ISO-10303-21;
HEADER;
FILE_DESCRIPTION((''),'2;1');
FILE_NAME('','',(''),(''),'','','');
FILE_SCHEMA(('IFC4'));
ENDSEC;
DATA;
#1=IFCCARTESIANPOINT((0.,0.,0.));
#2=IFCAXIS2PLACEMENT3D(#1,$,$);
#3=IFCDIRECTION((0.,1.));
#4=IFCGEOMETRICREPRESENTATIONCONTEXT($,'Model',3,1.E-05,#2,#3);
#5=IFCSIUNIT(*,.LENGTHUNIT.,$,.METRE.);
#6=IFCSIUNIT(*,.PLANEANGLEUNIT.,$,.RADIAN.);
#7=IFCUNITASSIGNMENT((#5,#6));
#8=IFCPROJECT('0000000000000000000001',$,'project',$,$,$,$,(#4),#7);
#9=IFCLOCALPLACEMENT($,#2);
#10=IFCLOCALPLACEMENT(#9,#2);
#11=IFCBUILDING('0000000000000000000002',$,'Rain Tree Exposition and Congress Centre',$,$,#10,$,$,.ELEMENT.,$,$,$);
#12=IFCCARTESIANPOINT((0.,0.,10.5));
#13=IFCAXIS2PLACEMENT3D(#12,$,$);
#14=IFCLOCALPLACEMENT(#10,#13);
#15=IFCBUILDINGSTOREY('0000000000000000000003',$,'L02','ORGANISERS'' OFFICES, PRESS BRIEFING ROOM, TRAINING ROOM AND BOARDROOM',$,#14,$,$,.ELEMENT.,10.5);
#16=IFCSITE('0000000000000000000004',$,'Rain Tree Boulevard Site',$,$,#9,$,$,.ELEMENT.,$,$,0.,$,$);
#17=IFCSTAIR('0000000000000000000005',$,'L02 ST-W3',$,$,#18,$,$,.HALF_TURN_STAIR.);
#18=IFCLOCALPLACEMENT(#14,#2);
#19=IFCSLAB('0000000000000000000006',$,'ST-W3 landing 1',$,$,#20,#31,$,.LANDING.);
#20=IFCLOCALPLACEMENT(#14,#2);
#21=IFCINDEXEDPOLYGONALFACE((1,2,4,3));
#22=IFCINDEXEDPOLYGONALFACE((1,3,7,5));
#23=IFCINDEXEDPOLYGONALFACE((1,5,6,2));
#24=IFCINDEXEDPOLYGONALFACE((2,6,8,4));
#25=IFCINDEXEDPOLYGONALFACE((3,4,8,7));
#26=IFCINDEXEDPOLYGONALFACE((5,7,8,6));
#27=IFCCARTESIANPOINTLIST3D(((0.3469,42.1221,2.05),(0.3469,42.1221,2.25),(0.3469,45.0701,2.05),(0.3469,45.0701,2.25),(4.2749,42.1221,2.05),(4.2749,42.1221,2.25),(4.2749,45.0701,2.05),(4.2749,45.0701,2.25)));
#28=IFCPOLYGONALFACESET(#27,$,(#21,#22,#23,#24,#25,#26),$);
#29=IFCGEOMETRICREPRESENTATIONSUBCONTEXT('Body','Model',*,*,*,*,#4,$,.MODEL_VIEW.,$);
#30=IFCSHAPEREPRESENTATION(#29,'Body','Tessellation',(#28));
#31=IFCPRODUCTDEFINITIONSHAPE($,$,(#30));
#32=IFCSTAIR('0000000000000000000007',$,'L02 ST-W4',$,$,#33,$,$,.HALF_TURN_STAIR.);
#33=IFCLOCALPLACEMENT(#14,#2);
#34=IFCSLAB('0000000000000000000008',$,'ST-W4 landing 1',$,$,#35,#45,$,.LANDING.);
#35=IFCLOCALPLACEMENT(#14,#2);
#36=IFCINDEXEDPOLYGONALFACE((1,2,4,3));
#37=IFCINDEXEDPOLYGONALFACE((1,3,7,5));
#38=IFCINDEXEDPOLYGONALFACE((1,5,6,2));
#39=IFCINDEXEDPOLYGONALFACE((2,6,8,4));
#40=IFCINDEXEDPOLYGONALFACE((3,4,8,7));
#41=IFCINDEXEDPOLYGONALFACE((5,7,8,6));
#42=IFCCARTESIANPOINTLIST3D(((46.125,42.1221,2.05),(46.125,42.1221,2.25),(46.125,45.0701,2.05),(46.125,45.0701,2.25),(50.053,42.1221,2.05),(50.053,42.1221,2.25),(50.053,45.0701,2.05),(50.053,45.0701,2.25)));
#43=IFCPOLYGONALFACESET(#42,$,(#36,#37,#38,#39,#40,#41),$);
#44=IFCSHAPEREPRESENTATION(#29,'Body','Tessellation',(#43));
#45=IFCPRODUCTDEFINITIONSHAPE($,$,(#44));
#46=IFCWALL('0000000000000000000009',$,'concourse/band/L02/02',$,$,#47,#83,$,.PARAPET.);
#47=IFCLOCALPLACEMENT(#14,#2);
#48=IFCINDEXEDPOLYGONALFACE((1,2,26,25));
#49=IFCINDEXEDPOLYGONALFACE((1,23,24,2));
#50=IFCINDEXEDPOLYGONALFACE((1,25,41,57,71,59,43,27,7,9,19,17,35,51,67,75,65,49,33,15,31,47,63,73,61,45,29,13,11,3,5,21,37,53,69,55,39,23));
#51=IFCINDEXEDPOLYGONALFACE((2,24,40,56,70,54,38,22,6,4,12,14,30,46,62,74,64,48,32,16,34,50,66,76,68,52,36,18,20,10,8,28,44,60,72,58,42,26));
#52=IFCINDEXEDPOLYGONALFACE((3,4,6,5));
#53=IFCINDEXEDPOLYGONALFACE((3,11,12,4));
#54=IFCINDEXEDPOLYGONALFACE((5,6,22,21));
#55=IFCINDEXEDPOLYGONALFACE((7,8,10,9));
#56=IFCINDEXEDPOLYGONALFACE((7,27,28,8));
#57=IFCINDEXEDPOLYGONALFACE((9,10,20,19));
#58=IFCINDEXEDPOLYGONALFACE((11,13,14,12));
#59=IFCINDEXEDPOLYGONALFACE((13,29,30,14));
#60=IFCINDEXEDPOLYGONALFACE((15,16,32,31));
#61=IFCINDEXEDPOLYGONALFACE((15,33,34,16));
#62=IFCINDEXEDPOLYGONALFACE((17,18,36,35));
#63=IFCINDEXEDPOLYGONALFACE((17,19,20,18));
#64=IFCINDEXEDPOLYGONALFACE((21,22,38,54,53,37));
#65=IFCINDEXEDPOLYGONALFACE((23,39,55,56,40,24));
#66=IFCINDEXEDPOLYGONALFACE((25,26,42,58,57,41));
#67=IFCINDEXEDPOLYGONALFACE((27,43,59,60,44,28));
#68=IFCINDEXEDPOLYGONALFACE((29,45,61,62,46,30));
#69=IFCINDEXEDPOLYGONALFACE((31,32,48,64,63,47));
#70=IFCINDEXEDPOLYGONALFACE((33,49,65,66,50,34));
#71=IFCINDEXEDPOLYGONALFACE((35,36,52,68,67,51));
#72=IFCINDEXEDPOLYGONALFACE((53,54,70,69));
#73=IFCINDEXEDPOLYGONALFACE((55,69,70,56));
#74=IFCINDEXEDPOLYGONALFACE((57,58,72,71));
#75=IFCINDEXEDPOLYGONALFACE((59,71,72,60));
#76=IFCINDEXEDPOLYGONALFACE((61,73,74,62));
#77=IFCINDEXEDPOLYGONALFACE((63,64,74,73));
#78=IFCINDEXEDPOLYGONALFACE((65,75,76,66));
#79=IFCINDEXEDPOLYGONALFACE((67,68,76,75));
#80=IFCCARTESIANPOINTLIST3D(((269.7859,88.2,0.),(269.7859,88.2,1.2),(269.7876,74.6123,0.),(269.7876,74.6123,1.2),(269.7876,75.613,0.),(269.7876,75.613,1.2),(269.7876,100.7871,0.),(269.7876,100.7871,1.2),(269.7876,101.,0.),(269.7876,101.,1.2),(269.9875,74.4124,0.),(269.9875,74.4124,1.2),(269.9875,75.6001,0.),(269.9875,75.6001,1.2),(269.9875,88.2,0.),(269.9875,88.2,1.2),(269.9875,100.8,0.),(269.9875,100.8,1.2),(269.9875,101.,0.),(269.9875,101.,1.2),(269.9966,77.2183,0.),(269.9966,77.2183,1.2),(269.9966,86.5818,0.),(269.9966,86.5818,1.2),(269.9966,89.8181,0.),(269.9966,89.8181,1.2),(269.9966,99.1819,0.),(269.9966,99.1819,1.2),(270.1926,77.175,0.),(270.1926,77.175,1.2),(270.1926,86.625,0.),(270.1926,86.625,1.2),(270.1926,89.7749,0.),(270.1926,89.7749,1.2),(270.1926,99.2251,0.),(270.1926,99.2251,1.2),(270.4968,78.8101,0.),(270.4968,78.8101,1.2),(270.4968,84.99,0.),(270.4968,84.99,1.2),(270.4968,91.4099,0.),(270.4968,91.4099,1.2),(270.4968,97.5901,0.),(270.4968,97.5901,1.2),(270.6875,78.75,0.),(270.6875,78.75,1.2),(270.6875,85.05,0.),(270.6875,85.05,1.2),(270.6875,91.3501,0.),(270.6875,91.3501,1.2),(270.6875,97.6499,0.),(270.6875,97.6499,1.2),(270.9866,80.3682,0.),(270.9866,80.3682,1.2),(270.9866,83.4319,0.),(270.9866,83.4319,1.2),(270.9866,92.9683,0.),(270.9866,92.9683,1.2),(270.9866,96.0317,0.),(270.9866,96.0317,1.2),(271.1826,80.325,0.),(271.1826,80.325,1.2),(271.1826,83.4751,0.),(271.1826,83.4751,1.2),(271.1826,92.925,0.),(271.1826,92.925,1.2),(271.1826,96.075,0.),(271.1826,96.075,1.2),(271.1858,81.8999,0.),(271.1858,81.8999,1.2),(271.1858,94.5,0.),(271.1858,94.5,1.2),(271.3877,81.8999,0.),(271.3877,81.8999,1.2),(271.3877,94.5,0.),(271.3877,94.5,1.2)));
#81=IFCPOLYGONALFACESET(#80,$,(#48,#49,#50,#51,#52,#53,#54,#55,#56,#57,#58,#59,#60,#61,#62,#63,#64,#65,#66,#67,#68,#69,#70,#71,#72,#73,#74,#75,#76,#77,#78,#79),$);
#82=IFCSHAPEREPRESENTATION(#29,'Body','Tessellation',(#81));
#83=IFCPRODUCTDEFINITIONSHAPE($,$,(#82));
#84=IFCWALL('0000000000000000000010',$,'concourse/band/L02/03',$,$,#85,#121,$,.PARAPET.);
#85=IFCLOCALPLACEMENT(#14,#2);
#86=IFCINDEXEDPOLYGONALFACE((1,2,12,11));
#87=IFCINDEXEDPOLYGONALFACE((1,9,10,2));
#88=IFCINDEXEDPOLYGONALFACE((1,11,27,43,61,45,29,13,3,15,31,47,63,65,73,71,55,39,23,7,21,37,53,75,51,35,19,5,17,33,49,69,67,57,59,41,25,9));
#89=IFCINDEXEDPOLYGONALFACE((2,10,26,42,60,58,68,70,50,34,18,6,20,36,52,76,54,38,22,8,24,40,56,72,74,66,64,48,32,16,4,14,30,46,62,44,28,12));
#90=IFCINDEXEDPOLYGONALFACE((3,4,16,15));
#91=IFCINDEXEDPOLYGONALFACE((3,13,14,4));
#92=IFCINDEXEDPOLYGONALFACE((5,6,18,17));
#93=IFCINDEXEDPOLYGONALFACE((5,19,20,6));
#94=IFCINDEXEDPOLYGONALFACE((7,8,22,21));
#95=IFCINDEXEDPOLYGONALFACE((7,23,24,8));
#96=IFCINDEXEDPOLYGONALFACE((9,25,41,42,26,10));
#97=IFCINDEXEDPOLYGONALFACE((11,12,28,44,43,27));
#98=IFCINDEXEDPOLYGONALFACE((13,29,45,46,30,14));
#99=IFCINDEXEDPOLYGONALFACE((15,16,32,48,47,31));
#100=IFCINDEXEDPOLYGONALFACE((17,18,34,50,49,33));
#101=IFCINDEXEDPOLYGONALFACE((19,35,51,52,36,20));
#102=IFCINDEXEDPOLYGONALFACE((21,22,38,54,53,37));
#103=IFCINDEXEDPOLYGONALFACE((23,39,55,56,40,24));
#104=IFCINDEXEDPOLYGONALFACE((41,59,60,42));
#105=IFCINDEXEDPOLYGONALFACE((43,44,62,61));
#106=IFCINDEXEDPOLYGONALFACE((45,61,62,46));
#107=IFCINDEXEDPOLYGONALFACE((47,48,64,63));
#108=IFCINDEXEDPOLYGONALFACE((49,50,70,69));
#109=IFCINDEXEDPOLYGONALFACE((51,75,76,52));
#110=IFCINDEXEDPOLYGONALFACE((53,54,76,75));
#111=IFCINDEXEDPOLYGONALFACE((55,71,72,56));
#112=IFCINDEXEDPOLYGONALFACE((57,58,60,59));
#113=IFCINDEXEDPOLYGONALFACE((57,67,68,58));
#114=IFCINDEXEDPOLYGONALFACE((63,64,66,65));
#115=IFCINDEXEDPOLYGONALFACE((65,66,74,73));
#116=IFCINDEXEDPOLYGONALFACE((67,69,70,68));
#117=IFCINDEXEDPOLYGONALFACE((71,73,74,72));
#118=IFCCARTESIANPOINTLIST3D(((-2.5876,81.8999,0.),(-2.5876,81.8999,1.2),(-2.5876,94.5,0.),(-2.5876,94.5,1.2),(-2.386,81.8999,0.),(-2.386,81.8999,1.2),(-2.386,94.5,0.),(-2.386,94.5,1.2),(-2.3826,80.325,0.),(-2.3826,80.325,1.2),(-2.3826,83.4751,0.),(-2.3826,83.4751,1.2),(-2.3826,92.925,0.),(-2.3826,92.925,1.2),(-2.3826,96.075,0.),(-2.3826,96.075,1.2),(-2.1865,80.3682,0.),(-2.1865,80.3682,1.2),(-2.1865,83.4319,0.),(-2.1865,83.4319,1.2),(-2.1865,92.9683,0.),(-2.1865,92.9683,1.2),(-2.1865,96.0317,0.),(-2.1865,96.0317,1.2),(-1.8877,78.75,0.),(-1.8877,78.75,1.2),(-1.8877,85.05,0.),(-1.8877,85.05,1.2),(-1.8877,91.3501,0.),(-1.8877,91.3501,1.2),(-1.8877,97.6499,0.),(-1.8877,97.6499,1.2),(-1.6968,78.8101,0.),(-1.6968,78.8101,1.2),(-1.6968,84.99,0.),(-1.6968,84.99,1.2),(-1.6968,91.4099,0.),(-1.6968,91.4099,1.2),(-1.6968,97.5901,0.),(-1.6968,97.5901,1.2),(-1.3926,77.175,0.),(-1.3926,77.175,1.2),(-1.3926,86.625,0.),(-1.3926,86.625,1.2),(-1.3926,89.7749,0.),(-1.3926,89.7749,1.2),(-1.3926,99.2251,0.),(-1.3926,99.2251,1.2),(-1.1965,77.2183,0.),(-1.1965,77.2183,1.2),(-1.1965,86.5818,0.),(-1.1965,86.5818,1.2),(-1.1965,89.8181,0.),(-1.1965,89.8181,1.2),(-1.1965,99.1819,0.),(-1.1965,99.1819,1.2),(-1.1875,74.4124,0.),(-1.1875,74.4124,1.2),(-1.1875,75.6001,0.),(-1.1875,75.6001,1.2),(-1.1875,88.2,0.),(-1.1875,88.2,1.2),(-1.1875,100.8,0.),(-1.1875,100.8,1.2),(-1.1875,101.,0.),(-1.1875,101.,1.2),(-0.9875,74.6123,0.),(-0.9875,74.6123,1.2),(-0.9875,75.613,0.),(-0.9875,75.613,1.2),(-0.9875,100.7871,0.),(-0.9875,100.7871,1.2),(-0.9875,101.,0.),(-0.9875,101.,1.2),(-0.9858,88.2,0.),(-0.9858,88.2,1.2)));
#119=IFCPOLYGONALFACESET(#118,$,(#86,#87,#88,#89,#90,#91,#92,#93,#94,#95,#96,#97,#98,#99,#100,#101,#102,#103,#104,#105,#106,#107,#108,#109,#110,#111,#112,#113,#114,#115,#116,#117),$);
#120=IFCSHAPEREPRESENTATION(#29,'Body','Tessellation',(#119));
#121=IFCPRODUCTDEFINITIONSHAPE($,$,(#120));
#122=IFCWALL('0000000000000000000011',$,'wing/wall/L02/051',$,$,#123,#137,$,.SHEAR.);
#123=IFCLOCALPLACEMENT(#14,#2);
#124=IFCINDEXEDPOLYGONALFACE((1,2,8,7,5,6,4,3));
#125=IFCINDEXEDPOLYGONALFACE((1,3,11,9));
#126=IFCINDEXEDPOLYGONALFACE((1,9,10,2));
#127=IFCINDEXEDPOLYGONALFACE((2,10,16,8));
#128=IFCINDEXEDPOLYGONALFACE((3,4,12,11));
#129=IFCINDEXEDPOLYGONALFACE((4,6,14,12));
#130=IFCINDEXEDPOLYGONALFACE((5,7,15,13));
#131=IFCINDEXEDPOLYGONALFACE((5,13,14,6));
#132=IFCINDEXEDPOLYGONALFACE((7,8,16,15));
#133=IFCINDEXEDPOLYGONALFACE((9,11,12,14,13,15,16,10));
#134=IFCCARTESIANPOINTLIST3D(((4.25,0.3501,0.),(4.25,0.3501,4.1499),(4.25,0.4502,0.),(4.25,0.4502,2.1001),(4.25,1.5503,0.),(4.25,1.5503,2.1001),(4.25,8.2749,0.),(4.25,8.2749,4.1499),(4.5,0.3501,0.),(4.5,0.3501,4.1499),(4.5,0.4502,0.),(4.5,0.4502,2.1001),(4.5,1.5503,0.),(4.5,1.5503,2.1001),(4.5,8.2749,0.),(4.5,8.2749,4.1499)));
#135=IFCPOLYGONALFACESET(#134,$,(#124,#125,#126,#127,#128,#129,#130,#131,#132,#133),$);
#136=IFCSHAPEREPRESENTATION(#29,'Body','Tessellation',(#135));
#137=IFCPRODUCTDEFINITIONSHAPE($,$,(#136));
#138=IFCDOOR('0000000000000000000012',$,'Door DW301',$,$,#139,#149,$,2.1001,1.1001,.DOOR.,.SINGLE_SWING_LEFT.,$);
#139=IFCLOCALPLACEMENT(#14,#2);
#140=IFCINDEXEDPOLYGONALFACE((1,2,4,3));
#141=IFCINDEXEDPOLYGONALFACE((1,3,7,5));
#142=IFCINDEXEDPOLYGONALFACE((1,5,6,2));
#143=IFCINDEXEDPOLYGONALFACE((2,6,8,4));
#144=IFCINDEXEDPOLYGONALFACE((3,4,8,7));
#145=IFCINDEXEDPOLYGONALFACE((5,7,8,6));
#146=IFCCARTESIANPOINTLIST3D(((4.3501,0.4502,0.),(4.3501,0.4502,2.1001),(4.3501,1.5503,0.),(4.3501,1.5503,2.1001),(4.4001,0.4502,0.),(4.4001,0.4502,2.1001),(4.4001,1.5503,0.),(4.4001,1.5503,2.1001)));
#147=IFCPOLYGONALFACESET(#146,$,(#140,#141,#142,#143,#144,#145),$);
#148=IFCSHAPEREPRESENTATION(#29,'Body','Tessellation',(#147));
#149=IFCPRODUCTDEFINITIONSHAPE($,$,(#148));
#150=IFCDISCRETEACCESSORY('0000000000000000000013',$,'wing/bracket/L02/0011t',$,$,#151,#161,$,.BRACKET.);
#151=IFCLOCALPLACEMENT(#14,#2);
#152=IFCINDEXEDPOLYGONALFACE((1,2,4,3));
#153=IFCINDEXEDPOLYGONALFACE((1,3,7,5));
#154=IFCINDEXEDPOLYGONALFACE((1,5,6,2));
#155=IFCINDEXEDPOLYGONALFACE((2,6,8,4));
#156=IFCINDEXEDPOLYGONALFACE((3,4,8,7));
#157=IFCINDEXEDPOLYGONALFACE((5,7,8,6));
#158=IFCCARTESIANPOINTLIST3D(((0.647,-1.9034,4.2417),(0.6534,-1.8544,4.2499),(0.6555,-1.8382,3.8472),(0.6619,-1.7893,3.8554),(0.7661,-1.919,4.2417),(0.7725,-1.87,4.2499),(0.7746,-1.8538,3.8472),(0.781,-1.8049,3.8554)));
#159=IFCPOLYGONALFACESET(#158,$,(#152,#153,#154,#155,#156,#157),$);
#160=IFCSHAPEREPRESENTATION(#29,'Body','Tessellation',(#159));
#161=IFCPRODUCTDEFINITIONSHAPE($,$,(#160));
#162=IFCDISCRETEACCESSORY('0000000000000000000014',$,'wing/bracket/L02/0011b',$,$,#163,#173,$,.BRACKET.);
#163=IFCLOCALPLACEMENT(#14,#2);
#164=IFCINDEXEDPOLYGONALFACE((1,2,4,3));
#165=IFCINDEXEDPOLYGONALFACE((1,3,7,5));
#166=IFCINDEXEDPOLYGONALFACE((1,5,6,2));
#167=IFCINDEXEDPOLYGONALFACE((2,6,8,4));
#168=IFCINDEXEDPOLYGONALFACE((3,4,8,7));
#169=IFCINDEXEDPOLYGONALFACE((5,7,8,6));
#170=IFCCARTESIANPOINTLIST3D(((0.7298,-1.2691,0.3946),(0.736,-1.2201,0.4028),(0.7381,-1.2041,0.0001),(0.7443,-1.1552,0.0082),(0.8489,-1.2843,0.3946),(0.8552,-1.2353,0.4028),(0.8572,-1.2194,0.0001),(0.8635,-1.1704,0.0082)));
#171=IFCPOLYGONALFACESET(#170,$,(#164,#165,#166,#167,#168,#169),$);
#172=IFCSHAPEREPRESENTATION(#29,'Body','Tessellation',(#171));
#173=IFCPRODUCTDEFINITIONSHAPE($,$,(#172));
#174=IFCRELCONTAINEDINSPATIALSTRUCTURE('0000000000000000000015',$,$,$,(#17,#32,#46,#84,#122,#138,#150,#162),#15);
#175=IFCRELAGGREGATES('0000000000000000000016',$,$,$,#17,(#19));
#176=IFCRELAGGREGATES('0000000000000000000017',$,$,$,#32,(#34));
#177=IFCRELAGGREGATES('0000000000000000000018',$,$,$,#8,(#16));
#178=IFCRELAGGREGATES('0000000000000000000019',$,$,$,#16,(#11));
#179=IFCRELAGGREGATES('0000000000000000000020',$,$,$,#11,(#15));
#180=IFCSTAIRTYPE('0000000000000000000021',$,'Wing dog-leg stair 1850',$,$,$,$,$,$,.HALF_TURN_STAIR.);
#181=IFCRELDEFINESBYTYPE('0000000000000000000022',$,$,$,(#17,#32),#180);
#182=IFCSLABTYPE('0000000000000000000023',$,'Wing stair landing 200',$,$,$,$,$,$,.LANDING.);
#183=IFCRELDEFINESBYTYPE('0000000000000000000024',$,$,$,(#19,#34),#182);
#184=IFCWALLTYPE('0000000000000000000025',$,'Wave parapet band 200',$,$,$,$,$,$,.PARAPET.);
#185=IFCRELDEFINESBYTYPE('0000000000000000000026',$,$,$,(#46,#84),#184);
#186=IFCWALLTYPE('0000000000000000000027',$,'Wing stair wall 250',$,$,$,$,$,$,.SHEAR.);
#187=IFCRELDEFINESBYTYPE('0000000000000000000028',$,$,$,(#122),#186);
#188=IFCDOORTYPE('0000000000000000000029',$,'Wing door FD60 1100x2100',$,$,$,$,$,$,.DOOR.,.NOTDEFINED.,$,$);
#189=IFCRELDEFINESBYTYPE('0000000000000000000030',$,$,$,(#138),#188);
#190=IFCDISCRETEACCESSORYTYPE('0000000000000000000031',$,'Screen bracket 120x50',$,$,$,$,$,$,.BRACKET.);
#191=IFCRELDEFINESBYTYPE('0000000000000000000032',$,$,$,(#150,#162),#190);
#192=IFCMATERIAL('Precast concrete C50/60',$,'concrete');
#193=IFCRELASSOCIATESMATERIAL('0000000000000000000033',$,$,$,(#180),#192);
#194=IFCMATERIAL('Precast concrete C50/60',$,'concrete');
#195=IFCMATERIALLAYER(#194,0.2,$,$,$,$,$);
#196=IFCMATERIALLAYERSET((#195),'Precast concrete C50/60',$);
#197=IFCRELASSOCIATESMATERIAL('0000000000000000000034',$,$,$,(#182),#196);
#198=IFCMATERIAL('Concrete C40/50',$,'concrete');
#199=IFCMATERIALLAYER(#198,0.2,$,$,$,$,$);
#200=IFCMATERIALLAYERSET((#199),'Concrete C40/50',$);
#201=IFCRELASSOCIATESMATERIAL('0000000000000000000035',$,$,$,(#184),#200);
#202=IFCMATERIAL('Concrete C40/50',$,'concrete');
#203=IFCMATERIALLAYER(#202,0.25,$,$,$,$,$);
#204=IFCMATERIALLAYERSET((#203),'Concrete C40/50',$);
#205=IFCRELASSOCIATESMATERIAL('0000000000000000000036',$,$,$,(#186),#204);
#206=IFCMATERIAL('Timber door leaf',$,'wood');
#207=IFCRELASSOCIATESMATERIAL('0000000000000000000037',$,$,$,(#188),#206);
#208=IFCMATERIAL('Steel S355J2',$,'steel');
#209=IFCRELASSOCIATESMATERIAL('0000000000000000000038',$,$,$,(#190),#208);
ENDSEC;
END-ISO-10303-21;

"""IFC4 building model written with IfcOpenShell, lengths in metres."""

from ifc_helpers import new_model, si_unit, direction, frame, frame_2d, origin, origin_2d, place, context, subcontext, project, spatial, polyline, rectangle, outline, extrude, material, layer, layer_set, material_profile, profile_set, type_object, element, fill, aggregate, save


model = new_model("IFC4")

# Units and contexts
model_context = context("Model", 3, precision=1e-05, world=origin(), true_north=direction((0.0, 1.0)))
body_context = subcontext(model_context, "Body", "Model", "MODEL_VIEW")
ifc_project = project(units=[si_unit("LENGTHUNIT", "METRE"), si_unit("PLANEANGLEUNIT", "RADIAN")], contexts=[model_context])

# Site, building, storey
site_placement = place(None, origin())
site = spatial("IfcSite", under=ifc_project, at=site_placement, Name="Rain Tree Boulevard Site", CompositionType="ELEMENT", RefElevation=0.0)
building_placement = place(site_placement, origin())
building = spatial("IfcBuilding", under=site, at=building_placement, Name="Rain Tree Exposition and Congress Centre", CompositionType="ELEMENT")
storey_placement = place(building_placement, frame((0.0, 0.0, 10.5)))
storey = spatial("IfcBuildingStorey", under=building, at=storey_placement, Name="L02", Description="ORGANISERS' OFFICES, PRESS BRIEFING ROOM, TRAINING ROOM AND BOARDROOM", CompositionType="ELEMENT", Elevation=10.5)

# Stairs, slabs
ifc_material_1 = material(Name="Precast concrete C50/60", Category="concrete")
stair_type = type_object("IfcStairType", Name="Wing dog-leg stair 1850", PredefinedType="HALF_TURN_STAIR", material=ifc_material_1)
ifc_material_2 = material(Name="Precast concrete C50/60", Category="concrete")
ifc_layer_1 = layer(ifc_material_2, 0.2)
ifc_layer_set_1 = layer_set([ifc_layer_1], Name="Precast concrete C50/60")
slab_type_1 = type_object("IfcSlabType", Name="Wing stair landing 200", PredefinedType="LANDING", material=ifc_layer_set_1)
stair_1_placement = place(storey_placement, origin())
stair_1 = element("IfcStair", 1, at=stair_1_placement, inside=storey, type_object=stair_type, Name="L02 ST-W3", PredefinedType="HALF_TURN_STAIR")
slab_1_placement = place(storey_placement, frame((0.0, 0.0, 2.05)))
slab_1 = element("IfcSlab", 2, at=slab_1_placement, type_object=slab_type_1, Name="ST-W3 landing 1", PredefinedType="LANDING", context=body_context, shape_type="SweptSolid", body=[
    extrude(outline(polyline([(4.2749, 45.0701), (4.2749, 42.1221), (0.3469, 42.1221), (0.3469, 45.0701), (4.2749, 45.0701)])), origin(), (0.0, 0.0, 1.0), 0.2),
])
aggregate(stair_1, [slab_1])
stair_2_placement = place(storey_placement, origin())
stair_2 = element("IfcStair", 3, at=stair_2_placement, inside=storey, type_object=stair_type, Name="L02 ST-W4", PredefinedType="HALF_TURN_STAIR")
slab_2_placement = place(storey_placement, frame((0.0, 0.0, 2.05)))
slab_2 = element("IfcSlab", 4, at=slab_2_placement, type_object=slab_type_1, Name="ST-W4 landing 1", PredefinedType="LANDING", context=body_context, shape_type="SweptSolid", body=[
    extrude(outline(polyline([(46.125, 45.0701), (46.125, 42.1221), (50.053, 42.1221), (50.053, 45.0701), (46.125, 45.0701)])), origin(), (0.0, 0.0, 1.0), 0.2),
])
aggregate(stair_2, [slab_2])

# Walls
ifc_material_3 = material(Name="Concrete C40/50", Category="concrete")
ifc_layer_2 = layer(ifc_material_3, 0.2)
ifc_layer_set_2 = layer_set([ifc_layer_2], Name="Concrete C40/50")
wall_type_1 = type_object("IfcWallType", Name="Wave parapet band 200", PredefinedType="PARAPET", material=ifc_layer_set_2)
wall_1_placement = place(storey_placement, origin())
element("IfcWall", 5, at=wall_1_placement, inside=storey, type_object=wall_type_1, Name="concourse/band/L02/02", PredefinedType="PARAPET", context=body_context, shape_type="SweptSolid", body=[
    extrude(outline(polyline([(269.7876, 75.613), (269.7876, 74.6123), (269.9875, 74.4124), (269.9875, 75.6001), (270.1926, 77.175), (270.6875, 78.75), (271.1826, 80.325), (271.3877, 81.8999), (271.1826, 83.4751), (270.6875, 85.05), (270.1926, 86.625), (269.9875, 88.2), (270.1926, 89.7749), (270.6875, 91.3501), (271.1826, 92.925), (271.3877, 94.5), (271.1826, 96.075), (270.6875, 97.6499), (270.1926, 99.2251), (269.9875, 100.8), (269.9875, 101.0), (269.7876, 101.0), (269.7876, 100.7871), (269.9966, 99.1819), (270.4968, 97.5901), (270.9866, 96.0317), (271.1858, 94.5), (270.9866, 92.9683), (270.4968, 91.4099), (269.9966, 89.8181), (269.7859, 88.2), (269.9966, 86.5818), (270.4968, 84.99), (270.9866, 83.4319), (271.1858, 81.8999), (270.9866, 80.3682), (270.4968, 78.8101), (269.9966, 77.2183), (269.7876, 75.613)])), origin(), (0.0, 0.0, 1.0), 1.2),
])
wall_2_placement = place(storey_placement, origin())
element("IfcWall", 6, at=wall_2_placement, inside=storey, type_object=wall_type_1, Name="concourse/band/L02/03", PredefinedType="PARAPET", context=body_context, shape_type="SweptSolid", body=[
    extrude(outline(polyline([(-1.3926, 77.175), (-1.1875, 75.6001), (-1.1875, 74.4124), (-1.1875, 74.4124), (-0.9875, 74.6123), (-0.9875, 74.6123), (-0.9875, 75.613), (-1.1965, 77.2183), (-1.6968, 78.8101), (-2.1865, 80.3682), (-2.386, 81.8999), (-2.1865, 83.4319), (-1.6968, 84.99), (-1.1965, 86.5818), (-0.9858, 88.2), (-1.1965, 89.8181), (-1.6968, 91.4099), (-2.1865, 92.9683), (-2.386, 94.5), (-2.1865, 96.0317), (-1.6968, 97.5901), (-1.1965, 99.1819), (-0.9875, 100.7871), (-0.9875, 101.0), (-1.1875, 101.0), (-1.1875, 100.8), (-1.3926, 99.2251), (-1.8877, 97.6499), (-2.3826, 96.075), (-2.5876, 94.5), (-2.3826, 92.925), (-1.8877, 91.3501), (-1.3926, 89.7749), (-1.1875, 88.2), (-1.3926, 86.625), (-1.8877, 85.05), (-2.3826, 83.4751), (-2.5876, 81.8999), (-2.3826, 80.325), (-1.8877, 78.75), (-1.3926, 77.175)])), origin(), (0.0, 0.0, 1.0), 1.2),
])

# Wall, opening, door
ifc_material_4 = material(Name="Concrete C40/50", Category="concrete")
ifc_layer_3 = layer(ifc_material_4, 0.25)
ifc_layer_set_3 = layer_set([ifc_layer_3], Name="Concrete C40/50")
wall_type_2 = type_object("IfcWallType", Name="Wing stair wall 250", PredefinedType="SHEAR", material=ifc_layer_set_3)
wall_3_placement = place(storey_placement, frame((4.375, 0.3501, 0.0), z_axis=(0.0, 0.0, 1.0), x_axis=(0.0, 1.0, 0.0)))
wall_3 = element("IfcWall", 7, at=wall_3_placement, inside=storey, type_object=wall_type_2, Name="wing/wall/L02/051", PredefinedType="SHEAR", context=body_context, shape_type="SweptSolid", body=[
    extrude(rectangle(XDim=7.9248, YDim=0.25, at=frame_2d((3.9624, 0.0))), origin(), (0.0, 0.0, 1.0), 4.1499),
])
opening_1_placement = place(wall_3_placement, frame((0.1001, 0.0, 0.0)))
opening_1 = element("IfcOpeningElement", 8, at=opening_1_placement, cuts=wall_3, PredefinedType="OPENING", context=body_context, shape_type="SweptSolid", body=[
    extrude(rectangle(XDim=1.1001, YDim=2.1001, at=frame_2d((0.55, 1.05))), frame((0.0, 0.125, 0.0), z_axis=(0.0, -1.0, 0.0), x_axis=(1.0, 0.0, 0.0)), (0.0, 0.0, 1.0), 0.25),
])
ifc_material_5 = material(Name="Timber door leaf", Category="wood")
door_type = type_object("IfcDoorType", Name="Wing door FD60 1100x2100", OperationType="NOTDEFINED", PredefinedType="DOOR", material=ifc_material_5)
door_placement = place(opening_1_placement, origin())
door = element("IfcDoor", 9, at=door_placement, inside=storey, type_object=door_type, Name="Door DW301", OperationType="SINGLE_SWING_LEFT", OverallHeight=2.1001, OverallWidth=1.1001, PredefinedType="DOOR", context=body_context, shape_type="SweptSolid", body=[
    extrude(rectangle(XDim=1.1001, YDim=2.1001, at=frame_2d((0.55, 1.05))), frame((0.0, 0.0249, 0.0), z_axis=(0.0, -1.0, 0.0), x_axis=(1.0, 0.0, 0.0)), (0.0, 0.0, 1.0), 0.05),
])
fill(opening_1, door)

# Discrete accessories
ifc_material_6 = material(Name="Steel S355J2", Category="steel")
ifc_material_profile_1 = material_profile(ifc_material_6, rectangle(XDim=0.1201, YDim=0.05, at=origin_2d()), Name="Flat bar 120x50")
ifc_profile_set_1 = profile_set([ifc_material_profile_1], Name="Steel S355J2")
discrete_accessory_type = type_object("IfcDiscreteAccessoryType", Name="Screen bracket 120x50", PredefinedType="BRACKET", material=ifc_profile_set_1)
for number, where, z_axis, x_axis, name in (
    (10, (0.7183, -1.8215, 3.8513), (-0.021364, -0.162976, 0.986399), (0.991517, -0.129974, 0.0), "wing/bracket/L02/0011t"),
    (11, (0.8008, -1.1873, 0.0042), (-0.020756, -0.162383, 0.986509), (0.99193, -0.126788, 0.0), "wing/bracket/L02/0011b"),
):
    element("IfcDiscreteAccessory", number, at=place(storey_placement, frame(where, z_axis=z_axis, x_axis=x_axis)), inside=storey, type_object=discrete_accessory_type, Name=name, PredefinedType="BRACKET", context=body_context, shape_type="SweptSolid", body=[
        extrude(rectangle(XDim=0.1201, YDim=0.05, at=origin_2d()), origin(), (0.0, 0.0, 1.0), 0.3999),
    ])

save(model, "model.ifc")
